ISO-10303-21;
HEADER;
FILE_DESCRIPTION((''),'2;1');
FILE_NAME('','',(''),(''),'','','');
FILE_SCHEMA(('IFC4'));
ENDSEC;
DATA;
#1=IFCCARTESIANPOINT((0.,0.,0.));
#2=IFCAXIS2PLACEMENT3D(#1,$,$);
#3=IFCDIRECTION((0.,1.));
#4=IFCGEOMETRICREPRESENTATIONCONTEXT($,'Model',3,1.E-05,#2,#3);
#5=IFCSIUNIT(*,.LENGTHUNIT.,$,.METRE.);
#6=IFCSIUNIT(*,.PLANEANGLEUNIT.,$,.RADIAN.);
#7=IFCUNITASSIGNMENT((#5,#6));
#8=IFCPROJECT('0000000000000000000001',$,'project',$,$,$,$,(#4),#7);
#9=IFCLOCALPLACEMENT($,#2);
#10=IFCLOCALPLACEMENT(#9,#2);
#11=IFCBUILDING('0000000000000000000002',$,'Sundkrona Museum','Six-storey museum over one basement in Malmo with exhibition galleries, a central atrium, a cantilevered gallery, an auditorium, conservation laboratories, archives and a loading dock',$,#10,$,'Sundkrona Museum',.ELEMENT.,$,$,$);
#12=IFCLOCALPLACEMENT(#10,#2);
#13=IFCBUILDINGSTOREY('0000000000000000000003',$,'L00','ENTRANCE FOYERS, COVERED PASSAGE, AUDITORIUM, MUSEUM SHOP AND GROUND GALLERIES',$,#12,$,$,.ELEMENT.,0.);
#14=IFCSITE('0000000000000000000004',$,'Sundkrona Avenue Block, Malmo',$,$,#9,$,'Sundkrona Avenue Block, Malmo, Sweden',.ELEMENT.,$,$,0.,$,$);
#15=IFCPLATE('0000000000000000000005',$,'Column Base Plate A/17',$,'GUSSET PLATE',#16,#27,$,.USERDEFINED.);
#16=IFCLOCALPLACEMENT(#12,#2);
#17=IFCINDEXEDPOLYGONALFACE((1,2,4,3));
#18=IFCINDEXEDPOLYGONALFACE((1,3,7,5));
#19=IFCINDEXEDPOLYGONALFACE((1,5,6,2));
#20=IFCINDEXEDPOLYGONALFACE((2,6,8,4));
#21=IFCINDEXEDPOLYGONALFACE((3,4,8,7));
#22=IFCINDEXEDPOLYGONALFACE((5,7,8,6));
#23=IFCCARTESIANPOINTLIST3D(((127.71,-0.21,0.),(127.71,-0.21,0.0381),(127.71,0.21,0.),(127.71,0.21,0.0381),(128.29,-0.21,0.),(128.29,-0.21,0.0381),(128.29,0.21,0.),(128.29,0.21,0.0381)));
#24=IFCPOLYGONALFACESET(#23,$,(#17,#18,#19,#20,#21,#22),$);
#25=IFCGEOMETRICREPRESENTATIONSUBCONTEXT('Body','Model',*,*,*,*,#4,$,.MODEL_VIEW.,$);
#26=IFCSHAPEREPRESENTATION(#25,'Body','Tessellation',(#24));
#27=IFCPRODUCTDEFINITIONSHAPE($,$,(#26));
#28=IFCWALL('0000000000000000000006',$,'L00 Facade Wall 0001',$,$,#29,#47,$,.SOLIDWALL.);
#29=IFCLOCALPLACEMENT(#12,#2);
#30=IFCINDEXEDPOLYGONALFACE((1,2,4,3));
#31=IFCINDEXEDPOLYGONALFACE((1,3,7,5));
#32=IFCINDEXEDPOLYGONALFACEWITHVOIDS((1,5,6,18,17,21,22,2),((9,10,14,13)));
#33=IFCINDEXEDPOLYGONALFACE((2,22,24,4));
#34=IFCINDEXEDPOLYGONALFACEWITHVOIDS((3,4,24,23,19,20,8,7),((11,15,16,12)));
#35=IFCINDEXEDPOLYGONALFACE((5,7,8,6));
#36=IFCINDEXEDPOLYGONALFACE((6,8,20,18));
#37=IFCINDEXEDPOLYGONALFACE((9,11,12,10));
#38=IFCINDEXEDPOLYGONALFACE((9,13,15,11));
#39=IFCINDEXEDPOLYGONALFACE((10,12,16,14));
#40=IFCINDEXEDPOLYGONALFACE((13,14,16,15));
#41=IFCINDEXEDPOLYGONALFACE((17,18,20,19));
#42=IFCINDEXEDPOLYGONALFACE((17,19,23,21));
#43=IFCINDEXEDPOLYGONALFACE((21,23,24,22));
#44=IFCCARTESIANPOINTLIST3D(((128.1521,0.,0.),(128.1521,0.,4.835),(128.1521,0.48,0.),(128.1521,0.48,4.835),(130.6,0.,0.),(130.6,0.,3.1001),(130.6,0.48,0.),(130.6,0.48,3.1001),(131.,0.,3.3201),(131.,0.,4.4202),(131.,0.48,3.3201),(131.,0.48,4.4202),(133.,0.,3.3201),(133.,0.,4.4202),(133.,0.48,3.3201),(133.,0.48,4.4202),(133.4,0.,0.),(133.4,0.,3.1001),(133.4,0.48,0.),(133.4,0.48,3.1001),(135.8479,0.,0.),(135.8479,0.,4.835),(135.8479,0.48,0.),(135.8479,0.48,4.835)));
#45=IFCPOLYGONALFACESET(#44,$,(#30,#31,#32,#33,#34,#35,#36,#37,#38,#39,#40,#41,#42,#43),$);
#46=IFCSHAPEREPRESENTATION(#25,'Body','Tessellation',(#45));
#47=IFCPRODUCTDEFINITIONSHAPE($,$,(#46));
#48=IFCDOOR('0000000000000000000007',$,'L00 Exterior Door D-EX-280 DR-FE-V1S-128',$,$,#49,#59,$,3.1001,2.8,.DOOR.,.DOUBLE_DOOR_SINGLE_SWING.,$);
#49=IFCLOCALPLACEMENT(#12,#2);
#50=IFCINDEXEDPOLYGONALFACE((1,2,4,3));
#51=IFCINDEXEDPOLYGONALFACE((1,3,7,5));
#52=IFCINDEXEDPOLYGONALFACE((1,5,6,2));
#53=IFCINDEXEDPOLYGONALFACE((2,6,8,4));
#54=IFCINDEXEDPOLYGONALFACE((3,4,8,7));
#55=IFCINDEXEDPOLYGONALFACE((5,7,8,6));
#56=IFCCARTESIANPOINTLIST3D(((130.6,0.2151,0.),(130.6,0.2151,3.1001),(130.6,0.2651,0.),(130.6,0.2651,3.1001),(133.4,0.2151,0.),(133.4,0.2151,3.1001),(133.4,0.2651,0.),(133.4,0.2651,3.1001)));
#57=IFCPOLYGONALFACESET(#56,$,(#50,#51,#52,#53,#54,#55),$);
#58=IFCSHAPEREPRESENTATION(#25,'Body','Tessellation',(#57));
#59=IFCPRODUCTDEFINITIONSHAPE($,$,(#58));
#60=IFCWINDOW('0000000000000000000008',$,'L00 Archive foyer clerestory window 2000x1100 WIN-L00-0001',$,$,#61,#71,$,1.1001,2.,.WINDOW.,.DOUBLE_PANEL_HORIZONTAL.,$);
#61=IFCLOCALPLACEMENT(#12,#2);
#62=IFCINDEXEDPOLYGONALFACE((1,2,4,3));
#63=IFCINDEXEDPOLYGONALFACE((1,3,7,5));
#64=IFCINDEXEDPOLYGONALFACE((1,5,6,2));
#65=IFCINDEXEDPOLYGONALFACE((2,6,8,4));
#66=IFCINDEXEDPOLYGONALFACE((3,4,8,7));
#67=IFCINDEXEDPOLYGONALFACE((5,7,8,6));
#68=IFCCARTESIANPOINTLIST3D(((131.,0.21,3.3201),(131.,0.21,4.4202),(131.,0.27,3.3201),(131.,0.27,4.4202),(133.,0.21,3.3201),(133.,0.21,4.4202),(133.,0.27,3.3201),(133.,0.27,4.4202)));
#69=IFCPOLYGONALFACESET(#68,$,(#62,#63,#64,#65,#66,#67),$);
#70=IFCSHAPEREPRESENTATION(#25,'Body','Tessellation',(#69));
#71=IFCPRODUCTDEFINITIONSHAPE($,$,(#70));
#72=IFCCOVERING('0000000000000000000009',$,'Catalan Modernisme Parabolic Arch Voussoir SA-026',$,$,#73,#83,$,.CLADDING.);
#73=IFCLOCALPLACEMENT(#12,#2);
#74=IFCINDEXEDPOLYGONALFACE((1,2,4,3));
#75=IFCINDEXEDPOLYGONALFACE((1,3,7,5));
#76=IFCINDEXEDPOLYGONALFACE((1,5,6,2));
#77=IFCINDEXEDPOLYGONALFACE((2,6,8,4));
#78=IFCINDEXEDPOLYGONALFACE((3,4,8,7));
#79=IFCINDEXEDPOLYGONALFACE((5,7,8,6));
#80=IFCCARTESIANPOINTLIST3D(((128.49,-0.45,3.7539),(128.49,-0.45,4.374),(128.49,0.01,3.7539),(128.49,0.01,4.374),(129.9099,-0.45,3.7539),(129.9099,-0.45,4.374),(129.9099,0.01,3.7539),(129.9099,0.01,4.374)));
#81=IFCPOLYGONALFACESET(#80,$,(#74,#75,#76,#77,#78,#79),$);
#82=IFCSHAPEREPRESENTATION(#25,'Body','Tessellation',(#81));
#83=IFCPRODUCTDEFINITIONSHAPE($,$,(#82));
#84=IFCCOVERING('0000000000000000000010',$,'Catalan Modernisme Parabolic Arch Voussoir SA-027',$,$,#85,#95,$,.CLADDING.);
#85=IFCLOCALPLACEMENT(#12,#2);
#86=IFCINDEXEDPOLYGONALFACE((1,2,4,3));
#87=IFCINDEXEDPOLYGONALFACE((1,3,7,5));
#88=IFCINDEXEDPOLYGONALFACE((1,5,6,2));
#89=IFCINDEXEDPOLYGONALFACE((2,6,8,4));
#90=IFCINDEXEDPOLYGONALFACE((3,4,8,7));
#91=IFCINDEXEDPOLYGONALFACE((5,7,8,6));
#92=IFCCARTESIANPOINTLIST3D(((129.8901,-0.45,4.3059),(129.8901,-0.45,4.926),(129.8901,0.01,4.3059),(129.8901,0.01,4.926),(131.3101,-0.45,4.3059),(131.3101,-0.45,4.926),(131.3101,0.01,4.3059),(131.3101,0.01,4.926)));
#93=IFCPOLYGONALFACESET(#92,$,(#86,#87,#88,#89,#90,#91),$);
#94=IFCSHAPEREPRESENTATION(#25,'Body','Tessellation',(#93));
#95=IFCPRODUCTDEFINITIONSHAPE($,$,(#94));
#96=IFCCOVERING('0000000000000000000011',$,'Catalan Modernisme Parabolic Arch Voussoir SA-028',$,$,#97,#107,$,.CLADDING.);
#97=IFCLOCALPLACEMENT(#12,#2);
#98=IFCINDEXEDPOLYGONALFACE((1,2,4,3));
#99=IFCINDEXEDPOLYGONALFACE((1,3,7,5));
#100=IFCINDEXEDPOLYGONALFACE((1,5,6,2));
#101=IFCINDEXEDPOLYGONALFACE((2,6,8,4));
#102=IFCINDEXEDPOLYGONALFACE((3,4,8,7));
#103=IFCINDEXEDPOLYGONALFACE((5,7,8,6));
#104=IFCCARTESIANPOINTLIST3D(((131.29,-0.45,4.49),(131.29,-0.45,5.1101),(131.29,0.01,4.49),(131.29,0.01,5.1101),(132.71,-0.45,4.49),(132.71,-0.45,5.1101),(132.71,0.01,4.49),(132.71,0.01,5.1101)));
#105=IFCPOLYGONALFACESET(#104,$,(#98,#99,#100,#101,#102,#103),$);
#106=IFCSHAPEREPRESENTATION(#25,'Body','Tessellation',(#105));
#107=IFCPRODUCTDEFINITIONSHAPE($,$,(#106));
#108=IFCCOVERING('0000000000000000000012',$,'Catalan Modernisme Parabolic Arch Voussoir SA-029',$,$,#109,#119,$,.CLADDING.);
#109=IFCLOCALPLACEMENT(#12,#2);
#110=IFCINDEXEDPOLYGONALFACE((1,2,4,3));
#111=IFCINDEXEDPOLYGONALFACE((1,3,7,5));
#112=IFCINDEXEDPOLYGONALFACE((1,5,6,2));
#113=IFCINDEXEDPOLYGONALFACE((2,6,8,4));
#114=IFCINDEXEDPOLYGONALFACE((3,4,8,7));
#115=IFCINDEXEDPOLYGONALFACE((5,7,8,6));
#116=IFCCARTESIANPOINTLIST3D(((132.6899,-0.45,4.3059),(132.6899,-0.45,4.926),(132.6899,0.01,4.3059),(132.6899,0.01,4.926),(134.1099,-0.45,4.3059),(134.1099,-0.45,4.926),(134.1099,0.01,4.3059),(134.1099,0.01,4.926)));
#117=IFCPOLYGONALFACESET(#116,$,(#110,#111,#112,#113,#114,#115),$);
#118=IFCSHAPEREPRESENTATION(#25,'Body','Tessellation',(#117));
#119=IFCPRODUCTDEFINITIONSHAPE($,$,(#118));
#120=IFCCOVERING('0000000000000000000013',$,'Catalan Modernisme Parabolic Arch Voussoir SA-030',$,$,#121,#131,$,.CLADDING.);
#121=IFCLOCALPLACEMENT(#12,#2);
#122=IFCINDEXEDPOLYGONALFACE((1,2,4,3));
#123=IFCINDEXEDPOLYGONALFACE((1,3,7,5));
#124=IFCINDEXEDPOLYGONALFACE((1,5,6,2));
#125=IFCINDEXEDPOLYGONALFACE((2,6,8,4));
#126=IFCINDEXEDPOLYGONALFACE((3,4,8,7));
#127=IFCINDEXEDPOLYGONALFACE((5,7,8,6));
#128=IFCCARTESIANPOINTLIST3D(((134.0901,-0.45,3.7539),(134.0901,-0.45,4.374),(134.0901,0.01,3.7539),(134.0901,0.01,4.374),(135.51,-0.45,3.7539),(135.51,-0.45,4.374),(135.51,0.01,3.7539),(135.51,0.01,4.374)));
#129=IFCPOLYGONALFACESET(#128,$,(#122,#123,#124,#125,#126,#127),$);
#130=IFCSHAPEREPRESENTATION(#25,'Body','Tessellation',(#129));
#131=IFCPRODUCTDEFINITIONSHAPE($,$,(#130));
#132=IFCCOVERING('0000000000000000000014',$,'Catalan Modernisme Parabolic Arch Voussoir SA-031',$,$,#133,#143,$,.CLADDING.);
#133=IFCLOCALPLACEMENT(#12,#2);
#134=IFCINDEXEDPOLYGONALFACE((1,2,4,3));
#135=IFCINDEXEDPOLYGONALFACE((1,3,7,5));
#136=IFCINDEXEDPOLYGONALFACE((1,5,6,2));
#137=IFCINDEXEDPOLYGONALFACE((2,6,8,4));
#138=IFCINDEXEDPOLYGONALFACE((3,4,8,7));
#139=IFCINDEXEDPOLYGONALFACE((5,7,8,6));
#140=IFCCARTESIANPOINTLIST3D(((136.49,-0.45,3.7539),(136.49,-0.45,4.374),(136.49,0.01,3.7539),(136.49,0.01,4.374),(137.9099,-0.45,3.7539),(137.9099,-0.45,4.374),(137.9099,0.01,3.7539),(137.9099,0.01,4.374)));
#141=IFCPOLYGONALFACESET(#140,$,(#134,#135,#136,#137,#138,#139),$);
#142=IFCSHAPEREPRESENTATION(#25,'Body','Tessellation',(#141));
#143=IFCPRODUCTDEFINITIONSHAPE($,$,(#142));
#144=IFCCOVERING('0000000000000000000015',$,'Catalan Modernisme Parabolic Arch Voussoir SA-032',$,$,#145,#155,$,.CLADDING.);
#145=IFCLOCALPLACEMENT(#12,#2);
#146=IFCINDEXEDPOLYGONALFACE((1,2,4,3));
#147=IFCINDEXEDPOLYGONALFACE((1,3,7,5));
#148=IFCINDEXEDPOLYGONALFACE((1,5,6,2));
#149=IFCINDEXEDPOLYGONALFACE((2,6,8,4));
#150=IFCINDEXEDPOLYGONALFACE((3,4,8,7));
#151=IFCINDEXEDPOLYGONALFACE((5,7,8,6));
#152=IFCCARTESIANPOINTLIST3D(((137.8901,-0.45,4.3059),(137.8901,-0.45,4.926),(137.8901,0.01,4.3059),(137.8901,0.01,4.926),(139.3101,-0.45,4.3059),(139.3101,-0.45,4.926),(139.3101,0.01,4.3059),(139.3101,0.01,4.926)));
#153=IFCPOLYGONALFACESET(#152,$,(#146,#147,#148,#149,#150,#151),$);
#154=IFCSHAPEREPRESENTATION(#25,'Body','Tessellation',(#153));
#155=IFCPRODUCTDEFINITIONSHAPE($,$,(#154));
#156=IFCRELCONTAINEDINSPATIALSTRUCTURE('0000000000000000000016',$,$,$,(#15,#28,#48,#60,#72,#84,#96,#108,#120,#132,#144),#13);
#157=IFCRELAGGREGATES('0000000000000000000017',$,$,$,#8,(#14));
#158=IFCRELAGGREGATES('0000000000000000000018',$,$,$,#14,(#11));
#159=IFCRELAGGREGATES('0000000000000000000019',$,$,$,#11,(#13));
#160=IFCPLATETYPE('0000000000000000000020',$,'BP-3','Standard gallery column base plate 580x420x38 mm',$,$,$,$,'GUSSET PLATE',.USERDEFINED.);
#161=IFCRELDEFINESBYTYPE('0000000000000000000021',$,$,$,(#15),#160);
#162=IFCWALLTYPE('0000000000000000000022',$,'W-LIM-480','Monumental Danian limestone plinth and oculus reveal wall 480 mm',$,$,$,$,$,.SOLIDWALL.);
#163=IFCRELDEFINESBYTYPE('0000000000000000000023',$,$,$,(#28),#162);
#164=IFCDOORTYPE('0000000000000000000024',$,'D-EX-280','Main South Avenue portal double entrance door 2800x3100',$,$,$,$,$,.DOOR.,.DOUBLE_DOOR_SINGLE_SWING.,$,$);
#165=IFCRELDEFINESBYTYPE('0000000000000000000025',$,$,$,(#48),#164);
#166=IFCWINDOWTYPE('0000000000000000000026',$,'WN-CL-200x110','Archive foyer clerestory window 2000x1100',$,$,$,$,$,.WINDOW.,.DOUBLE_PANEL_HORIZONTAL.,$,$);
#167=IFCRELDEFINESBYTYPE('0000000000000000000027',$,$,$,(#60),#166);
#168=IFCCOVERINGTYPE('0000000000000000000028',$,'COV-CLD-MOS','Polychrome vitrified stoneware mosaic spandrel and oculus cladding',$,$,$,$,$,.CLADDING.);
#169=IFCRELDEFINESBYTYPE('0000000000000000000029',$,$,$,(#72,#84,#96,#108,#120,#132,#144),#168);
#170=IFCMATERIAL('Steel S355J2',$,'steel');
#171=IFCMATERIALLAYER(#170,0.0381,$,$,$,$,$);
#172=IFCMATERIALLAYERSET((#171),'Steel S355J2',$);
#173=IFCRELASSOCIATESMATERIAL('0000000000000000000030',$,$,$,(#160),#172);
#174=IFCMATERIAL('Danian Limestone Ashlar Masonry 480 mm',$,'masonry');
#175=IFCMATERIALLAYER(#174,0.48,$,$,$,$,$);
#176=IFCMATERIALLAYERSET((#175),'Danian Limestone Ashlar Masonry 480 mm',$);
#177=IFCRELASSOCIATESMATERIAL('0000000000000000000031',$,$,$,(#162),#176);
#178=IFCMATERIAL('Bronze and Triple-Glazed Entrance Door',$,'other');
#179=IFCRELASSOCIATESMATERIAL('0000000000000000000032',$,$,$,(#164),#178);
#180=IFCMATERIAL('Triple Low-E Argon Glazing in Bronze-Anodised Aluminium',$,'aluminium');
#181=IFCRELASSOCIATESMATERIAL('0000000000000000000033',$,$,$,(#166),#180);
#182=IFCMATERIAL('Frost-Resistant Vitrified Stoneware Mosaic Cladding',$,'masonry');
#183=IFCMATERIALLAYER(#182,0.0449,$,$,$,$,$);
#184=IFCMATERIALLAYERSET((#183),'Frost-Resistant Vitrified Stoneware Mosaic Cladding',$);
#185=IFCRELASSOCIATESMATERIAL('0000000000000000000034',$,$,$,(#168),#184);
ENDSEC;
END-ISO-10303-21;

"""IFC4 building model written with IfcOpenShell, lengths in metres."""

from ifc_helpers import new_model, si_unit, direction, frame, frame_2d, origin, origin_2d, place, context, subcontext, project, spatial, rectangle, extrude, material, layer, layer_set, type_object, element, fill, save


model = new_model("IFC4")

# Units and contexts
model_context = context("Model", 3, precision=1e-05, world=origin(), true_north=direction((0.0, 1.0)))
body_context = subcontext(model_context, "Body", "Model", "MODEL_VIEW")
ifc_project = project(units=[si_unit("LENGTHUNIT", "METRE"), si_unit("PLANEANGLEUNIT", "RADIAN")], contexts=[model_context])

# Site, building, storey
site_placement = place(None, origin())
site = spatial("IfcSite", under=ifc_project, at=site_placement, Name="Sundkrona Avenue Block, Malmo", LongName="Sundkrona Avenue Block, Malmo, Sweden", CompositionType="ELEMENT", RefElevation=0.0)
building_placement = place(site_placement, origin())
building = spatial("IfcBuilding", under=site, at=building_placement, Name="Sundkrona Museum", Description="Six-storey museum over one basement in Malmo with exhibition galleries, a central atrium, a cantilevered gallery, an auditorium, conservation laboratories, archives and a loading dock", LongName="Sundkrona Museum", CompositionType="ELEMENT")
storey_placement = place(building_placement, origin())
storey = spatial("IfcBuildingStorey", under=building, at=storey_placement, Name="L00", Description="ENTRANCE FOYERS, COVERED PASSAGE, AUDITORIUM, MUSEUM SHOP AND GROUND GALLERIES", CompositionType="ELEMENT", Elevation=0.0)

# Shared definitions
ifc_material_1 = material(Name="Steel S355J2", Category="steel")

# Plate
ifc_layer_1 = layer(ifc_material_1, 0.0381)
ifc_layer_set_1 = layer_set([ifc_layer_1], Name="Steel S355J2")
plate_type = type_object("IfcPlateType", Name="BP-3", Description="Standard gallery column base plate 580x420x38 mm", ElementType="GUSSET PLATE", PredefinedType="USERDEFINED", material=ifc_layer_set_1)
plate_placement = place(storey_placement, frame((128.0, 0.0, 0.0), z_axis=(0.0, 0.0, 1.0), x_axis=(1.0, 0.0, 0.0)))
element("IfcPlate", 1, at=plate_placement, inside=storey, type_object=plate_type, Name="Column Base Plate A/17", ObjectType="GUSSET PLATE", PredefinedType="USERDEFINED", context=body_context, shape_type="SweptSolid", body=[
    extrude(rectangle(XDim=0.5801, YDim=0.4199, at=origin_2d()), origin(), (0.0, 0.0, 1.0), 0.0381),
])

# Wall, openings, door, window
ifc_material_2 = material(Name="Danian Limestone Ashlar Masonry 480 mm", Category="masonry")
ifc_layer_2 = layer(ifc_material_2, 0.48)
ifc_layer_set_2 = layer_set([ifc_layer_2], Name="Danian Limestone Ashlar Masonry 480 mm")
wall_type = type_object("IfcWallType", Name="W-LIM-480", Description="Monumental Danian limestone plinth and oculus reveal wall 480 mm", PredefinedType="SOLIDWALL", material=ifc_layer_set_2)
wall_placement = place(storey_placement, frame((135.8479, 0.24, 0.0), z_axis=(0.0, 0.0, 1.0), x_axis=(-1.0, 0.0, 0.0)))
wall = element("IfcWall", 2, at=wall_placement, inside=storey, type_object=wall_type, Name="L00 Facade Wall 0001", PredefinedType="SOLIDWALL", context=body_context, shape_type="SweptSolid", body=[
    extrude(rectangle(XDim=7.6958, YDim=0.48, at=frame_2d((3.8479, 0.0))), origin(), (0.0, 0.0, 1.0), 4.835),
])
opening_1_placement = place(wall_placement, frame((2.448, 0.0, 0.0)))
opening_1 = element("IfcOpeningElement", 3, at=opening_1_placement, cuts=wall, PredefinedType="OPENING", context=body_context, shape_type="SweptSolid", body=[
    extrude(rectangle(XDim=2.8, YDim=3.1001, at=frame_2d((1.3999, 1.55))), frame((0.0, 0.25, 0.0), z_axis=(0.0, -1.0, 0.0), x_axis=(1.0, 0.0, 0.0)), (0.0, 0.0, 1.0), 0.5),
])
opening_2_placement = place(wall_placement, frame((2.8479, 0.0, 3.3201)))
opening_2 = element("IfcOpeningElement", 4, at=opening_2_placement, cuts=wall, PredefinedType="OPENING", context=body_context, shape_type="SweptSolid", body=[
    extrude(rectangle(XDim=2.0, YDim=1.1001, at=frame_2d((1.0, 0.55))), frame((0.0, 0.25, 0.0), z_axis=(0.0, -1.0, 0.0), x_axis=(1.0, 0.0, 0.0)), (0.0, 0.0, 1.0), 0.5),
])
ifc_material_3 = material(Name="Bronze and Triple-Glazed Entrance Door", Category="other")
door_type = type_object("IfcDoorType", Name="D-EX-280", Description="Main South Avenue portal double entrance door 2800x3100", OperationType="DOUBLE_DOOR_SINGLE_SWING", PredefinedType="DOOR", material=ifc_material_3)
door_placement = place(opening_1_placement, origin())
door = element("IfcDoor", 5, at=door_placement, inside=storey, type_object=door_type, Name="L00 Exterior Door D-EX-280 DR-FE-V1S-128", OperationType="DOUBLE_DOOR_SINGLE_SWING", OverallHeight=3.1001, OverallWidth=2.8, PredefinedType="DOOR", context=body_context, shape_type="SweptSolid", body=[
    extrude(rectangle(XDim=2.8, YDim=3.1001, at=frame_2d((1.3999, 1.55))), frame((0.0, 0.0249, 0.0), z_axis=(0.0, -1.0, 0.0), x_axis=(1.0, 0.0, 0.0)), (0.0, 0.0, 1.0), 0.05),
])
fill(opening_1, door)
ifc_material_4 = material(Name="Triple Low-E Argon Glazing in Bronze-Anodised Aluminium", Category="aluminium")
window_type = type_object("IfcWindowType", Name="WN-CL-200x110", Description="Archive foyer clerestory window 2000x1100", PartitioningType="DOUBLE_PANEL_HORIZONTAL", PredefinedType="WINDOW", material=ifc_material_4)
window_placement = place(opening_2_placement, origin())
window = element("IfcWindow", 6, at=window_placement, inside=storey, type_object=window_type, Name="L00 Archive foyer clerestory window 2000x1100 WIN-L00-0001", OverallHeight=1.1001, OverallWidth=2.0, PartitioningType="DOUBLE_PANEL_HORIZONTAL", PredefinedType="WINDOW", context=body_context, shape_type="SweptSolid", body=[
    extrude(rectangle(XDim=2.0, YDim=1.1001, at=frame_2d((1.0, 0.55))), frame((0.0, 0.03, 0.0), z_axis=(0.0, -1.0, 0.0), x_axis=(1.0, 0.0, 0.0)), (0.0, 0.0, 1.0), 0.0601),
])
fill(opening_2, window)

# Coverings
ifc_material_5 = material(Name="Frost-Resistant Vitrified Stoneware Mosaic Cladding", Category="masonry")
ifc_layer_3 = layer(ifc_material_5, 0.0449)
ifc_layer_set_3 = layer_set([ifc_layer_3], Name="Frost-Resistant Vitrified Stoneware Mosaic Cladding")
covering_type = type_object("IfcCoveringType", Name="COV-CLD-MOS", Description="Polychrome vitrified stoneware mosaic spandrel and oculus cladding", PredefinedType="CLADDING", material=ifc_layer_set_3)
for number, where, z_axis, x_axis, name in (
    (7, (129.2, -0.22, 3.7539), (0.0, 0.0, 1.0), (1.0, 0.0, 0.0), "Catalan Modernisme Parabolic Arch Voussoir SA-026"),
    (8, (130.6001, -0.22, 4.3059), (0.0, 0.0, 1.0), (1.0, 0.0, 0.0), "Catalan Modernisme Parabolic Arch Voussoir SA-027"),
    (9, (132.0, -0.22, 4.49), (0.0, 0.0, 1.0), (1.0, 0.0, 0.0), "Catalan Modernisme Parabolic Arch Voussoir SA-028"),
    (10, (133.3999, -0.22, 4.3059), (0.0, 0.0, 1.0), (1.0, 0.0, 0.0), "Catalan Modernisme Parabolic Arch Voussoir SA-029"),
    (11, (134.8, -0.22, 3.7539), (0.0, 0.0, 1.0), (1.0, 0.0, 0.0), "Catalan Modernisme Parabolic Arch Voussoir SA-030"),
    (12, (137.2, -0.22, 3.7539), (0.0, 0.0, 1.0), (1.0, 0.0, 0.0), "Catalan Modernisme Parabolic Arch Voussoir SA-031"),
    (13, (138.6001, -0.22, 4.3059), (0.0, 0.0, 1.0), (1.0, 0.0, 0.0), "Catalan Modernisme Parabolic Arch Voussoir SA-032"),
):
    element("IfcCovering", number, at=place(storey_placement, frame(where, z_axis=z_axis, x_axis=x_axis)), inside=storey, type_object=covering_type, Name=name, PredefinedType="CLADDING", context=body_context, shape_type="SweptSolid", body=[
        extrude(rectangle(XDim=1.4199, YDim=0.46, at=origin_2d()), origin(), (0.0, 0.0, 1.0), 0.6201),
    ])

save(model, "model.ifc")
